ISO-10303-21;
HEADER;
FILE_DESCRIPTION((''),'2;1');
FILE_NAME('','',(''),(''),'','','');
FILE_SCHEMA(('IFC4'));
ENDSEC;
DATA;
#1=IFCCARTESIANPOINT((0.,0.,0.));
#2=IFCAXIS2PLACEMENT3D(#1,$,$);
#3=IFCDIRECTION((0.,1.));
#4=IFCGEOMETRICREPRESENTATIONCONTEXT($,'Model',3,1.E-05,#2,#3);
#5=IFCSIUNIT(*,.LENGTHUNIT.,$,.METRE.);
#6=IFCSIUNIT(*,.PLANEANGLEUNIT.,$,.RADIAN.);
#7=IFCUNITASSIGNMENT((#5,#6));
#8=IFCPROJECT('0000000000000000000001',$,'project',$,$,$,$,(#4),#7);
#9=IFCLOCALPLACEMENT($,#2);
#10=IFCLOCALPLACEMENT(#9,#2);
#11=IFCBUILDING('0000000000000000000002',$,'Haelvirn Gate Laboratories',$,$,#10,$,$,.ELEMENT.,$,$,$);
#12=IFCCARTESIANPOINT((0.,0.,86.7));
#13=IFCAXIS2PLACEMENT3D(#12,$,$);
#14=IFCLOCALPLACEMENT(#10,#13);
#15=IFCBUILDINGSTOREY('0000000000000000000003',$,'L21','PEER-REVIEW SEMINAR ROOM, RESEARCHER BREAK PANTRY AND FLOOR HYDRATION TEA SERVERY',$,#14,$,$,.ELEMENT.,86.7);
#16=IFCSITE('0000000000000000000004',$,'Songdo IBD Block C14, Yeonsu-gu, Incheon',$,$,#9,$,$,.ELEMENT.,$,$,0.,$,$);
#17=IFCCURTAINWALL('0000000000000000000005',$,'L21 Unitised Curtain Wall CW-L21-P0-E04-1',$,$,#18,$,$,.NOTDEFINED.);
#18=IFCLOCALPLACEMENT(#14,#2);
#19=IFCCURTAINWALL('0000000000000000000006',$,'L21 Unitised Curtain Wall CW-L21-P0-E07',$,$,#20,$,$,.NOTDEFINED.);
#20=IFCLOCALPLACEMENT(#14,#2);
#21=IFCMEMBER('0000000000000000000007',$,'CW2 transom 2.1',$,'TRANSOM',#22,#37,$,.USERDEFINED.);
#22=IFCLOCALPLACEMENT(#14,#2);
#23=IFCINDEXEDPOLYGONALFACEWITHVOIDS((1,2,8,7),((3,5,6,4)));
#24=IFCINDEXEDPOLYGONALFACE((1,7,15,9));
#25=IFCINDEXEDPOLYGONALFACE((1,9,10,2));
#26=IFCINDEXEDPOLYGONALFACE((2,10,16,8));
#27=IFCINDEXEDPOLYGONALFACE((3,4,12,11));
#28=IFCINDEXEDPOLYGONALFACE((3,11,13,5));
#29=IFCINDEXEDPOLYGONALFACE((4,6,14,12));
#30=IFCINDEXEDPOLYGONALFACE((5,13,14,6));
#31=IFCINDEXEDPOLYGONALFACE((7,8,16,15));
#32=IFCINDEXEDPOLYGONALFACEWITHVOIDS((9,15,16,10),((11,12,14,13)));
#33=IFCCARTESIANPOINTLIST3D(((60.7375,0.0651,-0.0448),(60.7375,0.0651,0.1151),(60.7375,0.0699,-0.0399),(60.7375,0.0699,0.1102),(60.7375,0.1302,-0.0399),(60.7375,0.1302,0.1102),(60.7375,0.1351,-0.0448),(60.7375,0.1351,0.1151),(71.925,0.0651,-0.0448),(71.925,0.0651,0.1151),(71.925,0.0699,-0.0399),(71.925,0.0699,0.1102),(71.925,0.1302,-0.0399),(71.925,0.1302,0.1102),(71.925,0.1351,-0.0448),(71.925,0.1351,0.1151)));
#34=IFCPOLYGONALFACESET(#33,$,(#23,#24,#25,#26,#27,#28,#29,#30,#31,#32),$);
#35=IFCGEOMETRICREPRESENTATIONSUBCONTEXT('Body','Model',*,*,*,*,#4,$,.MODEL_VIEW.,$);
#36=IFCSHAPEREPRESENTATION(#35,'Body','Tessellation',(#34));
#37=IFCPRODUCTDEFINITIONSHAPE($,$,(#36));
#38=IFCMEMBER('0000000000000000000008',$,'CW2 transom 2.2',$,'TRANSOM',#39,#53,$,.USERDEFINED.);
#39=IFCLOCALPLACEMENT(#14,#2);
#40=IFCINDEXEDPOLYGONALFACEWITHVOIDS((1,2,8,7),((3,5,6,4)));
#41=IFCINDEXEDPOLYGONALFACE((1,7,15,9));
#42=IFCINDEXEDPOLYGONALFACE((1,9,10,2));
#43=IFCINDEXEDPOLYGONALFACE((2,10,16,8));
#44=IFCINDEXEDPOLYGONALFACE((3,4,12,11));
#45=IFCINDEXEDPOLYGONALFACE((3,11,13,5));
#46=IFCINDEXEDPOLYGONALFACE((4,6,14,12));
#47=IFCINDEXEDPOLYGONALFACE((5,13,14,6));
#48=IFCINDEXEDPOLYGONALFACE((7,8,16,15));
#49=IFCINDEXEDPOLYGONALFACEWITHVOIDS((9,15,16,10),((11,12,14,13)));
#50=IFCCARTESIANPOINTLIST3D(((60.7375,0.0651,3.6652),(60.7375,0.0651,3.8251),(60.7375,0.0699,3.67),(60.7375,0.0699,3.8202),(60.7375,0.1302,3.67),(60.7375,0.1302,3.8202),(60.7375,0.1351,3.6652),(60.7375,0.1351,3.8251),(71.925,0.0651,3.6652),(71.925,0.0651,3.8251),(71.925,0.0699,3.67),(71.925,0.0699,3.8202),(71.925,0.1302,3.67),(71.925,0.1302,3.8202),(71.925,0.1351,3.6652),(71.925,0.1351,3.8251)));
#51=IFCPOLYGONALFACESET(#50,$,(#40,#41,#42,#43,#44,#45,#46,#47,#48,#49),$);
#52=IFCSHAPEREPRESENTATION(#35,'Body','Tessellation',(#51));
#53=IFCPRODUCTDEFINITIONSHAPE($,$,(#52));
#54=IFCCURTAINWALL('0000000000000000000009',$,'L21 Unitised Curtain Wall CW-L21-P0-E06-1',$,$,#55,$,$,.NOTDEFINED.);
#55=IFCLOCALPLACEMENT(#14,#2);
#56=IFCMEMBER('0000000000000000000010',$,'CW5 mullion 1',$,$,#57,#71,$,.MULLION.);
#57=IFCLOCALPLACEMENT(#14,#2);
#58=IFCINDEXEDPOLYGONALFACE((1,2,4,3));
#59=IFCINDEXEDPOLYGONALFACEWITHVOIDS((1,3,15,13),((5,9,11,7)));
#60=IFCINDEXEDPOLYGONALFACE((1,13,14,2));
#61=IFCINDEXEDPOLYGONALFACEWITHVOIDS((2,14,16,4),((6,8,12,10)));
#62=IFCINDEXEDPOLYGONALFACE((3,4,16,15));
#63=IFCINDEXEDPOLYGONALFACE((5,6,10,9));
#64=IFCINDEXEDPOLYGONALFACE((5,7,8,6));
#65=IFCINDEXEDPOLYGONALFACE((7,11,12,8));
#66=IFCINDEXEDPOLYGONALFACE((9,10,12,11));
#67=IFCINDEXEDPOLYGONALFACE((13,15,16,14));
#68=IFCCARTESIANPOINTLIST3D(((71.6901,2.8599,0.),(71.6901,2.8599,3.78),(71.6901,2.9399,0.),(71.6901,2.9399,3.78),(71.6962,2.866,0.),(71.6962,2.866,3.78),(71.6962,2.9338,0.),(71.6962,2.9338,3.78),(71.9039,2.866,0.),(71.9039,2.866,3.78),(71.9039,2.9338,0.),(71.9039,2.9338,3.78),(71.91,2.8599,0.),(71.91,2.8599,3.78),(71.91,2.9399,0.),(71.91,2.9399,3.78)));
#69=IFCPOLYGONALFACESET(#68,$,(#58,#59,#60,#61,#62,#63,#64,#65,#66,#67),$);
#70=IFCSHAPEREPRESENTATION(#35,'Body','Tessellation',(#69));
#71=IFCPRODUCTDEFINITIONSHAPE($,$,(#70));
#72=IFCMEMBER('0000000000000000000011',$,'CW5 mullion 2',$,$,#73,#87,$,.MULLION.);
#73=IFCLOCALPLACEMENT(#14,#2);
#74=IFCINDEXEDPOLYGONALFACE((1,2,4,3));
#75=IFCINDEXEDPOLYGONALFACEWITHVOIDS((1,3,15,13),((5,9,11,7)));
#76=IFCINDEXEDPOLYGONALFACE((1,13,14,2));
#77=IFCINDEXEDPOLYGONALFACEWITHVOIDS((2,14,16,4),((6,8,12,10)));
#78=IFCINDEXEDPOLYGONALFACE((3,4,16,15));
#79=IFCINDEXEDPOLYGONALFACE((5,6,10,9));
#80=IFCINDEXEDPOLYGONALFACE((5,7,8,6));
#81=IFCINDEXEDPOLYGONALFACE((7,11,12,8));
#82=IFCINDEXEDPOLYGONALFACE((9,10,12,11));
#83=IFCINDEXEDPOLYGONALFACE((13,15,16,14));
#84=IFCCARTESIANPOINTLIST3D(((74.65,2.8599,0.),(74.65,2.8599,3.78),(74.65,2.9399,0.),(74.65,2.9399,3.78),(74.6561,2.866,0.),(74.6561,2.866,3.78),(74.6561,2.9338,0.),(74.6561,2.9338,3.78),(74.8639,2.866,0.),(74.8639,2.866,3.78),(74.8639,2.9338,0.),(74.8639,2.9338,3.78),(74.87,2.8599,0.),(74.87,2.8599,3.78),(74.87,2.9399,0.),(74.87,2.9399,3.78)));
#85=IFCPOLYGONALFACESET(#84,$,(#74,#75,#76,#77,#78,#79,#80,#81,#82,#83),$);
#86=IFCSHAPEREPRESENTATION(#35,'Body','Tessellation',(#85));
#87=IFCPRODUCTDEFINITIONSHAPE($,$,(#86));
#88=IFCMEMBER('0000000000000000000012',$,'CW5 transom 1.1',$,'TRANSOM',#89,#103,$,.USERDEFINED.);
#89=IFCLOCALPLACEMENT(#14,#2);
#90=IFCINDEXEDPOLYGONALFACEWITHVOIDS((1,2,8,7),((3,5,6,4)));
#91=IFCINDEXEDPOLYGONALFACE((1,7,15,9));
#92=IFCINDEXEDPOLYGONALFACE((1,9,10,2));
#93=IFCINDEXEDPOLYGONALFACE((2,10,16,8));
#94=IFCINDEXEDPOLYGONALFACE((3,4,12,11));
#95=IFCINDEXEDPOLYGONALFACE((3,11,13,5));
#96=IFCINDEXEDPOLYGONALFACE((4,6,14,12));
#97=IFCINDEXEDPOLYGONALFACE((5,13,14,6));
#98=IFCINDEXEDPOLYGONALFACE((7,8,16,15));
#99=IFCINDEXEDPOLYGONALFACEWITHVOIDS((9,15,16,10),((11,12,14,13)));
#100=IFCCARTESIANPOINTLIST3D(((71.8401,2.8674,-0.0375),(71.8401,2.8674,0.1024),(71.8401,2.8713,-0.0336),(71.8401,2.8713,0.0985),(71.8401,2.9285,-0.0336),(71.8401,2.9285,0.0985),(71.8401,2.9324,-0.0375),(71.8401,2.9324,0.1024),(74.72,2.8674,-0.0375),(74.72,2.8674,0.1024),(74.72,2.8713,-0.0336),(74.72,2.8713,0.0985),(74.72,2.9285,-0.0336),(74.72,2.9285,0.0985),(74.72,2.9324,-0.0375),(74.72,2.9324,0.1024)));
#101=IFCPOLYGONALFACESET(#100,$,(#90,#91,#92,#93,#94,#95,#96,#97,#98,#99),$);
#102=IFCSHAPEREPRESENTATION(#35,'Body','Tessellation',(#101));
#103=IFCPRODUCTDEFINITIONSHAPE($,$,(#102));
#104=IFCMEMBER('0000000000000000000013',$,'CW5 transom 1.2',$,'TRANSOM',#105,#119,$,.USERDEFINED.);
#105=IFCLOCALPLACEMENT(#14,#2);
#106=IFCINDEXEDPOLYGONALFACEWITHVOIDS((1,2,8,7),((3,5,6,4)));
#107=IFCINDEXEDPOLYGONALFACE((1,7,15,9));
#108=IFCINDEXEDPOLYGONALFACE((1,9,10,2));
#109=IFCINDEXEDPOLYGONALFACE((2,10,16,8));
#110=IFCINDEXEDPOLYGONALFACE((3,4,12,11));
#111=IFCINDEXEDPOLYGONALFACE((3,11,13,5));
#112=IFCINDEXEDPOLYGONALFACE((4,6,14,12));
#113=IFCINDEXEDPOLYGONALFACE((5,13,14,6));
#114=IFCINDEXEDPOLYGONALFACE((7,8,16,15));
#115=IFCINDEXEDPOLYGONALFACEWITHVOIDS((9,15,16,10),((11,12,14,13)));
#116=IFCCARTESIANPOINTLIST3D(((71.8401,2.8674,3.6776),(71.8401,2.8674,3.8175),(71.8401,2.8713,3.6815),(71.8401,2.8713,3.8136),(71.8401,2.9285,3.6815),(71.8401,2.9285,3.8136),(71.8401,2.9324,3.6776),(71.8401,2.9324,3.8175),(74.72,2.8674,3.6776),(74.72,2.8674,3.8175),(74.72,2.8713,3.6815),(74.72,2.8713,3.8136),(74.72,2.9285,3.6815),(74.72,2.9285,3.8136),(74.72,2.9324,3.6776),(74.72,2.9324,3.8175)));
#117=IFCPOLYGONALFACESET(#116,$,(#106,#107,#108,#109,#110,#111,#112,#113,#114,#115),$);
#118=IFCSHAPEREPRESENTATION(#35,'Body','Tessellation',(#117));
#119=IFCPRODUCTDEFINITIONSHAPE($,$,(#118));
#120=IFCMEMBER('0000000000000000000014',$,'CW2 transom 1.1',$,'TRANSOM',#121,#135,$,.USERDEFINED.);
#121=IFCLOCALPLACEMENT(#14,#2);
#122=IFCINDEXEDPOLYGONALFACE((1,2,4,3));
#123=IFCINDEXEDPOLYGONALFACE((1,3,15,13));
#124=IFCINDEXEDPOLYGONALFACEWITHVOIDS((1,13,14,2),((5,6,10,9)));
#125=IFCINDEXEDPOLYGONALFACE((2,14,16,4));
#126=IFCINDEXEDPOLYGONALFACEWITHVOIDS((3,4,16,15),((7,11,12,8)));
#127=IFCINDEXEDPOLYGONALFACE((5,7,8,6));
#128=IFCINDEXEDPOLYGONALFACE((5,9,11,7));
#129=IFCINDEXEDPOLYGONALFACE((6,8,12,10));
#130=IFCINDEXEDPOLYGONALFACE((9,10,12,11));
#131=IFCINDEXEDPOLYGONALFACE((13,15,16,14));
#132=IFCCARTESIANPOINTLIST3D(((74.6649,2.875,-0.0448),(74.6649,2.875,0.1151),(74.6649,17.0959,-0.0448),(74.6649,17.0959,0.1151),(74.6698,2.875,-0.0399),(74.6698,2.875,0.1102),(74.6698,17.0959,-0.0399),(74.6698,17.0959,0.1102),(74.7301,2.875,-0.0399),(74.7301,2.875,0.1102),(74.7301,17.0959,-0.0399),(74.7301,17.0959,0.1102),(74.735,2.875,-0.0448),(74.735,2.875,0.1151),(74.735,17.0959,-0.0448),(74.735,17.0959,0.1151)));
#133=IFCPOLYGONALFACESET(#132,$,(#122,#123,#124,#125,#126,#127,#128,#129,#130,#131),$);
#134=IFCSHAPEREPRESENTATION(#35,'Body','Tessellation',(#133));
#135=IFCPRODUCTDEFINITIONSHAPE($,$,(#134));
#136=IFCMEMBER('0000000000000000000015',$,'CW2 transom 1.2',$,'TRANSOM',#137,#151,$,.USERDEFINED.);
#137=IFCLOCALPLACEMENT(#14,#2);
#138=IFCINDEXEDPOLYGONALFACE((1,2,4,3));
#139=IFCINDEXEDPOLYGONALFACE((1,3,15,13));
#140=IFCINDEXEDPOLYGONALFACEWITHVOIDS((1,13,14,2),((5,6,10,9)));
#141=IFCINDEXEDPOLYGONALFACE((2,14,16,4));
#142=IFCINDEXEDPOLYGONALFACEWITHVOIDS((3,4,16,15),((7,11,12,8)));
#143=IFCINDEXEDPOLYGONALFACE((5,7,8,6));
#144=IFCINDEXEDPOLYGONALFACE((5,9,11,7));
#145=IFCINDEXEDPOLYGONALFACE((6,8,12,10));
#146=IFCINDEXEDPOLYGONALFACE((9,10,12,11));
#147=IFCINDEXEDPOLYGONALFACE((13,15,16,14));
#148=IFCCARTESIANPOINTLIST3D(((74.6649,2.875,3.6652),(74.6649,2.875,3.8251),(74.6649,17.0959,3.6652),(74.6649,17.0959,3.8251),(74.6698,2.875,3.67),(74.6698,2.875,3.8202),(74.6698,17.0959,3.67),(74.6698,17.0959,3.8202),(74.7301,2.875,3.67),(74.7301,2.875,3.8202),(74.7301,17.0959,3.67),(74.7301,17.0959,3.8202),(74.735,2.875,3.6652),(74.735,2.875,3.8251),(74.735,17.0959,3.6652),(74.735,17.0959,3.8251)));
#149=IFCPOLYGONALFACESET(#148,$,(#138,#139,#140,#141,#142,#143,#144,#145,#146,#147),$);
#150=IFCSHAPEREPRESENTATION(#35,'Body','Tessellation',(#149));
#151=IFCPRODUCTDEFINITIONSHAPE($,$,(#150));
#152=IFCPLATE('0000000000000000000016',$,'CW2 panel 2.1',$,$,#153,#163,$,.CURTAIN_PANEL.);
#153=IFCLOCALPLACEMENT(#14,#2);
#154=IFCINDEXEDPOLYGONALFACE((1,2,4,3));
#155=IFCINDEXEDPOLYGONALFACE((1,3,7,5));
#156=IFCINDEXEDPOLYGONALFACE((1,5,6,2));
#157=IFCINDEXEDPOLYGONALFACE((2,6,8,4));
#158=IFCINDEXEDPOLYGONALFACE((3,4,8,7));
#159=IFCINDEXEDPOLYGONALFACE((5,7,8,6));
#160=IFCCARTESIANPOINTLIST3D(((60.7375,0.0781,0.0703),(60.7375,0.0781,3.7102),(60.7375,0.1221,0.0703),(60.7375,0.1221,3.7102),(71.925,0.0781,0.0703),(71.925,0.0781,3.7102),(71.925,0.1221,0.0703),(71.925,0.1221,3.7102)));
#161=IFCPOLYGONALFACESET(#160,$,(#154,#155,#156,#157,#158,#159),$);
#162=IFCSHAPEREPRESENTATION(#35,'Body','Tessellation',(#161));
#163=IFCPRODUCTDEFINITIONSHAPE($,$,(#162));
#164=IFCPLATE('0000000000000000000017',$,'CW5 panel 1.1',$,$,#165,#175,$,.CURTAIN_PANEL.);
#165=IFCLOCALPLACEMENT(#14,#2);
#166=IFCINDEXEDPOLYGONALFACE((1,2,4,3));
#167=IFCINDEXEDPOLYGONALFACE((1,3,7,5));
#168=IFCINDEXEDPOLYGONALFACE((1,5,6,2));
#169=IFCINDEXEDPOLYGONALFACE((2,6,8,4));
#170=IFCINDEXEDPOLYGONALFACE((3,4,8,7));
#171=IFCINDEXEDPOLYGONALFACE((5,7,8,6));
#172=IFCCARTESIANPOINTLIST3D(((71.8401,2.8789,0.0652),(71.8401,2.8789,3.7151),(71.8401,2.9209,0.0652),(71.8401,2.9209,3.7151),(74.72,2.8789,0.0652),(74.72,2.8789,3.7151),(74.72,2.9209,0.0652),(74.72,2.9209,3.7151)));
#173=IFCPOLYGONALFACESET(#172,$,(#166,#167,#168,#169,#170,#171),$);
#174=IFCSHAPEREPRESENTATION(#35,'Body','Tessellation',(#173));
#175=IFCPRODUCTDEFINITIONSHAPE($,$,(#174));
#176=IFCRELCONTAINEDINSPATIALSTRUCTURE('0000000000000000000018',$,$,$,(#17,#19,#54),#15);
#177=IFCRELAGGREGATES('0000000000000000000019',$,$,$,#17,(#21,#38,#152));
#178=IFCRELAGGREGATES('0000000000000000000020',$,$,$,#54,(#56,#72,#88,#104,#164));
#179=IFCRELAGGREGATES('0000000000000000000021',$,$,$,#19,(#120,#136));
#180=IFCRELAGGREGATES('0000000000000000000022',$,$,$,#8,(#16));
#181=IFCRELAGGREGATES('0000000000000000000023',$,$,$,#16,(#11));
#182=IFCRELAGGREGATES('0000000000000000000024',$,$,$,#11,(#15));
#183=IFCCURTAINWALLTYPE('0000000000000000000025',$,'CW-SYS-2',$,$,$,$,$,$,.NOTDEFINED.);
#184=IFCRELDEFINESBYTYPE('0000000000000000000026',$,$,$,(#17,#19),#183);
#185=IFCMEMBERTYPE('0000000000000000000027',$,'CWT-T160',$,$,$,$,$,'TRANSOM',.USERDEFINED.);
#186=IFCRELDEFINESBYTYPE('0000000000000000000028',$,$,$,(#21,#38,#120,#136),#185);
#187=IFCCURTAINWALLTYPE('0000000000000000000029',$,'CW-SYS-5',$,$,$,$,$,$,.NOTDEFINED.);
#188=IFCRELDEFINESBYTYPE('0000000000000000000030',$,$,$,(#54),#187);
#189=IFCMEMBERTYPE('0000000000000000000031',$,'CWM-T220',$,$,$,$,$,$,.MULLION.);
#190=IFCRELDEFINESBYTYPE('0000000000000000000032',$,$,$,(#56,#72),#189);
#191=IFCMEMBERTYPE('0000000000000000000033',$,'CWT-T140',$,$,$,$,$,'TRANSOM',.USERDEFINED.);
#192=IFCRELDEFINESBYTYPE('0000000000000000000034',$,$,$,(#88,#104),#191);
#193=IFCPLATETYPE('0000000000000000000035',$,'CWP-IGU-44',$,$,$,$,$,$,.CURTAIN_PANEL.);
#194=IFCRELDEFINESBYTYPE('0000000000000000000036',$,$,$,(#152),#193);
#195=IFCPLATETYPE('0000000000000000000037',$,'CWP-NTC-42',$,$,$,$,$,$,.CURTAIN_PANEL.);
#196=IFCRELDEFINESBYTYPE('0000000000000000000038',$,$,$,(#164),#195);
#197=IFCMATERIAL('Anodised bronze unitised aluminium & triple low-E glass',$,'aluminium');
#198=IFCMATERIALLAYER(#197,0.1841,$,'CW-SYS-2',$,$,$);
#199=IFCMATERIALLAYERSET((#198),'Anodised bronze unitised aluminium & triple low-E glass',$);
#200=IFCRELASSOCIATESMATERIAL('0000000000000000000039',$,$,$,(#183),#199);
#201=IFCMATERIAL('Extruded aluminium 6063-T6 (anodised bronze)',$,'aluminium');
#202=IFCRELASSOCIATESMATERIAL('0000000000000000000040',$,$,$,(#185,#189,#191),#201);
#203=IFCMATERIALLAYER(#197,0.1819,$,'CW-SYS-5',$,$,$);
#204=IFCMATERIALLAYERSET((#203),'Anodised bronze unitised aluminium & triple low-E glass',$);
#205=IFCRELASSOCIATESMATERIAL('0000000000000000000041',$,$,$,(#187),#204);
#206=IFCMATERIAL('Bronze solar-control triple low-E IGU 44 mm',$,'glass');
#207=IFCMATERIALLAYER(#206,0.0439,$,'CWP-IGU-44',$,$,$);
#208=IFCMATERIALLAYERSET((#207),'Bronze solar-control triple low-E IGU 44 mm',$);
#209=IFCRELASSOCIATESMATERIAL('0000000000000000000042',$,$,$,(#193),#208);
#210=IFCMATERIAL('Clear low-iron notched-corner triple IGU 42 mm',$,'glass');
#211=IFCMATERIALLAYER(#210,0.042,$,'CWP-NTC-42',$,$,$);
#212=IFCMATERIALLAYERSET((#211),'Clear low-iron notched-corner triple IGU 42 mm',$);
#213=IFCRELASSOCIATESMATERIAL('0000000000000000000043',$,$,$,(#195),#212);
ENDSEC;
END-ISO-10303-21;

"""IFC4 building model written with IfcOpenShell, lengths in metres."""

from ifc_helpers import new_model, si_unit, direction, frame, origin, origin_2d, place, context, subcontext, project, spatial, rectangle, hollow_rectangle, extrude, source, transform, mapped, material, layer, layer_set, material_profile, profile_set, type_object, type_shapes, element, aggregate, save


model = new_model("IFC4")

# Units and contexts
model_context = context("Model", 3, precision=1e-05, world=origin(), true_north=direction((0.0, 1.0)))
body_context = subcontext(model_context, "Body", "Model", "MODEL_VIEW")
ifc_project = project(units=[si_unit("LENGTHUNIT", "METRE"), si_unit("PLANEANGLEUNIT", "RADIAN")], contexts=[model_context])

# Site, building, storey
site_placement = place(None, origin())
site = spatial("IfcSite", under=ifc_project, at=site_placement, Name="Songdo IBD Block C14, Yeonsu-gu, Incheon", CompositionType="ELEMENT", RefElevation=0.0)
building_placement = place(site_placement, origin())
building = spatial("IfcBuilding", under=site, at=building_placement, Name="Haelvirn Gate Laboratories", CompositionType="ELEMENT")
storey_placement = place(building_placement, frame((0.0, 0.0, 86.7)))
storey = spatial("IfcBuildingStorey", under=building, at=storey_placement, Name="L21", Description="PEER-REVIEW SEMINAR ROOM, RESEARCHER BREAK PANTRY AND FLOOR HYDRATION TEA SERVERY", CompositionType="ELEMENT", Elevation=86.7)

# Curtain wall
ifc_material_1 = material(Name="Anodised bronze unitised aluminium & triple low-E glass", Category="aluminium")
ifc_layer_1 = layer(ifc_material_1, 0.1841, Name="CW-SYS-2")
ifc_layer_set_1 = layer_set([ifc_layer_1], Name="Anodised bronze unitised aluminium & triple low-E glass")
curtain_wall_type_1 = type_object("IfcCurtainWallType", Name="CW-SYS-2", PredefinedType="NOTDEFINED", material=ifc_layer_set_1)
curtain_wall_1_placement = place(storey_placement, origin())
curtain_wall_1 = element("IfcCurtainWall", 1, at=curtain_wall_1_placement, inside=storey, type_object=curtain_wall_type_1, Name="L21 Unitised Curtain Wall CW-L21-P0-E04-1", PredefinedType="NOTDEFINED")
ifc_material_2 = material(Name="Extruded aluminium 6063-T6 (anodised bronze)", Category="aluminium")

# Curtain wall
curtain_wall_2_placement = place(storey_placement, origin())
curtain_wall_2 = element("IfcCurtainWall", 2, at=curtain_wall_2_placement, inside=storey, type_object=curtain_wall_type_1, Name="L21 Unitised Curtain Wall CW-L21-P0-E07", PredefinedType="NOTDEFINED")

# Members
ifc_material_profile_1 = material_profile(ifc_material_2, hollow_rectangle(XDim=0.0701, YDim=0.1599, WallThickness=0.0049, at=origin_2d()), Name="CWT-160x70x5")
ifc_profile_set_1 = profile_set([ifc_material_profile_1], Name="Extruded aluminium 6063-T6 (anodised bronze)")
member_type_1 = type_object("IfcMemberType", Name="CWT-T160", ElementType="TRANSOM", PredefinedType="USERDEFINED", material=ifc_profile_set_1)
shared_shape_1 = source(origin(), body_context, "Body", "SweptSolid", [
    extrude(hollow_rectangle(XDim=0.0701, YDim=0.1599, WallThickness=0.0049, at=origin_2d()), origin(), (0.0, 0.0, 1.0), 11.1875),
])
member_1_placement = place(storey_placement, frame((60.7375, 0.1001, 0.0352), z_axis=(1.0, 0.0, 0.0), x_axis=(0.0, 1.0, 0.0)))
member_1 = element("IfcMember", 3, at=member_1_placement, type_object=member_type_1, Name="CW2 transom 2.1", ObjectType="TRANSOM", PredefinedType="USERDEFINED", context=body_context, shape_type="MappedRepresentation", body=[
    mapped(shared_shape_1, transform((0.0, 0.0, 0.0), scale=1.0)),
])
member_2_placement = place(storey_placement, frame((60.7375, 0.1001, 3.7451), z_axis=(1.0, 0.0, 0.0), x_axis=(0.0, 1.0, 0.0)))
member_2 = element("IfcMember", 4, at=member_2_placement, type_object=member_type_1, Name="CW2 transom 2.2", ObjectType="TRANSOM", PredefinedType="USERDEFINED", context=body_context, shape_type="MappedRepresentation", body=[
    mapped(shared_shape_1, transform((0.0, 0.0, 0.0), scale=1.0)),
])

# Curtain wall, members
ifc_layer_2 = layer(ifc_material_1, 0.1819, Name="CW-SYS-5")
ifc_layer_set_2 = layer_set([ifc_layer_2], Name="Anodised bronze unitised aluminium & triple low-E glass")
curtain_wall_type_2 = type_object("IfcCurtainWallType", Name="CW-SYS-5", PredefinedType="NOTDEFINED", material=ifc_layer_set_2)
curtain_wall_3_placement = place(storey_placement, origin())
curtain_wall_3 = element("IfcCurtainWall", 5, at=curtain_wall_3_placement, inside=storey, type_object=curtain_wall_type_2, Name="L21 Unitised Curtain Wall CW-L21-P0-E06-1", PredefinedType="NOTDEFINED")
ifc_material_profile_2 = material_profile(ifc_material_2, hollow_rectangle(XDim=0.0801, YDim=0.22, WallThickness=0.0061, at=origin_2d()), Name="CWM-220x80x6")
ifc_profile_set_2 = profile_set([ifc_material_profile_2], Name="Extruded aluminium 6063-T6 (anodised bronze)")
member_type_2 = type_object("IfcMemberType", Name="CWM-T220", PredefinedType="MULLION", material=ifc_profile_set_2)
shared_shape_2 = source(origin(), body_context, "Body", "SweptSolid", [
    extrude(hollow_rectangle(XDim=0.0801, YDim=0.22, WallThickness=0.0061, at=origin_2d()), origin(), (0.0, 0.0, 1.0), 3.78),
])
type_shapes(member_type_2, [shared_shape_2])
member_3_placement = place(storey_placement, frame((71.8, 2.8999, 0.0), z_axis=(0.0, 0.0, 1.0), x_axis=(0.0, 1.0, 0.0)))
member_3 = element("IfcMember", 6, at=member_3_placement, type_object=member_type_2, Name="CW5 mullion 1", PredefinedType="MULLION", context=body_context, shape_type="MappedRepresentation", body=[
    mapped(shared_shape_2, transform((0.0, 0.0, 0.0), scale=1.0)),
])
member_4_placement = place(storey_placement, frame((74.76, 2.8999, 0.0), z_axis=(0.0, 0.0, 1.0), x_axis=(0.0, 1.0, 0.0)))
member_4 = element("IfcMember", 7, at=member_4_placement, type_object=member_type_2, Name="CW5 mullion 2", PredefinedType="MULLION", context=body_context, shape_type="MappedRepresentation", body=[
    mapped(shared_shape_2, transform((0.0, 0.0, 0.0), scale=1.0)),
])
ifc_material_profile_3 = material_profile(ifc_material_2, hollow_rectangle(XDim=0.0649, YDim=0.1399, WallThickness=0.0039, at=origin_2d()), Name="CWT-140x65x4")
ifc_profile_set_3 = profile_set([ifc_material_profile_3], Name="Extruded aluminium 6063-T6 (anodised bronze)")
member_type_3 = type_object("IfcMemberType", Name="CWT-T140", ElementType="TRANSOM", PredefinedType="USERDEFINED", material=ifc_profile_set_3)
shared_shape_3 = source(origin(), body_context, "Body", "SweptSolid", [
    extrude(hollow_rectangle(XDim=0.0649, YDim=0.1399, WallThickness=0.0039, at=origin_2d()), origin(), (0.0, 0.0, 1.0), 2.8799),
])
type_shapes(member_type_3, [shared_shape_3])
member_5_placement = place(storey_placement, frame((71.8401, 2.8999, 0.0325), z_axis=(1.0, 0.0, 0.0), x_axis=(0.0, 1.0, 0.0)))
member_5 = element("IfcMember", 8, at=member_5_placement, type_object=member_type_3, Name="CW5 transom 1.1", ObjectType="TRANSOM", PredefinedType="USERDEFINED", context=body_context, shape_type="MappedRepresentation", body=[
    mapped(shared_shape_3, transform((0.0, 0.0, 0.0), scale=1.0)),
])
member_6_placement = place(storey_placement, frame((71.8401, 2.8999, 3.7476), z_axis=(1.0, 0.0, 0.0), x_axis=(0.0, 1.0, 0.0)))
member_6 = element("IfcMember", 9, at=member_6_placement, type_object=member_type_3, Name="CW5 transom 1.2", ObjectType="TRANSOM", PredefinedType="USERDEFINED", context=body_context, shape_type="MappedRepresentation", body=[
    mapped(shared_shape_3, transform((0.0, 0.0, 0.0), scale=1.0)),
])

# Members
shared_shape_4 = source(origin(), body_context, "Body", "SweptSolid", [
    extrude(hollow_rectangle(XDim=0.0701, YDim=0.1599, WallThickness=0.0049, at=origin_2d()), origin(), (0.0, 0.0, 1.0), 14.2209),
])
type_shapes(member_type_1, [shared_shape_1, shared_shape_4])
member_7_placement = place(storey_placement, frame((74.7, 2.875, 0.0352), z_axis=(0.0, 1.0, 0.0), x_axis=(-1.0, 0.0, 0.0)))
member_7 = element("IfcMember", 10, at=member_7_placement, type_object=member_type_1, Name="CW2 transom 1.1", ObjectType="TRANSOM", PredefinedType="USERDEFINED", context=body_context, shape_type="MappedRepresentation", body=[
    mapped(shared_shape_4, transform((0.0, 0.0, 0.0), scale=1.0)),
])
member_8_placement = place(storey_placement, frame((74.7, 2.875, 3.7451), z_axis=(0.0, 1.0, 0.0), x_axis=(-1.0, 0.0, 0.0)))
member_8 = element("IfcMember", 11, at=member_8_placement, type_object=member_type_1, Name="CW2 transom 1.2", ObjectType="TRANSOM", PredefinedType="USERDEFINED", context=body_context, shape_type="MappedRepresentation", body=[
    mapped(shared_shape_4, transform((0.0, 0.0, 0.0), scale=1.0)),
])

# Plates
ifc_material_3 = material(Name="Bronze solar-control triple low-E IGU 44 mm", Category="glass")
ifc_layer_3 = layer(ifc_material_3, 0.0439, Name="CWP-IGU-44")
ifc_layer_set_3 = layer_set([ifc_layer_3], Name="Bronze solar-control triple low-E IGU 44 mm")
plate_type_1 = type_object("IfcPlateType", Name="CWP-IGU-44", PredefinedType="CURTAIN_PANEL", material=ifc_layer_set_3)
shared_shape_5 = source(origin(), body_context, "Body", "SweptSolid", [
    extrude(rectangle(XDim=11.1875, YDim=0.0439, at=origin_2d()), origin(), (0.0, 0.0, 1.0), 3.6399),
])
plate_1_placement = place(storey_placement, frame((66.3313, 0.1001, 0.0703), z_axis=(0.0, 0.0, 1.0), x_axis=(1.0, 0.0, 0.0)))
plate_1 = element("IfcPlate", 12, at=plate_1_placement, type_object=plate_type_1, Name="CW2 panel 2.1", PredefinedType="CURTAIN_PANEL", context=body_context, shape_type="MappedRepresentation", body=[
    mapped(shared_shape_5, transform((0.0, 0.0, 0.0), scale=1.0)),
])
aggregate(curtain_wall_1, [member_1, member_2, plate_1])
ifc_material_4 = material(Name="Clear low-iron notched-corner triple IGU 42 mm", Category="glass")
ifc_layer_4 = layer(ifc_material_4, 0.042, Name="CWP-NTC-42")
ifc_layer_set_4 = layer_set([ifc_layer_4], Name="Clear low-iron notched-corner triple IGU 42 mm")
plate_type_2 = type_object("IfcPlateType", Name="CWP-NTC-42", PredefinedType="CURTAIN_PANEL", material=ifc_layer_set_4)
shared_shape_6 = source(origin(), body_context, "Body", "SweptSolid", [
    extrude(rectangle(XDim=2.8799, YDim=0.042, at=origin_2d()), origin(), (0.0, 0.0, 1.0), 3.6499),
])
type_shapes(plate_type_2, [shared_shape_6])
plate_2_placement = place(storey_placement, frame((73.28, 2.8999, 0.0652), z_axis=(0.0, 0.0, 1.0), x_axis=(1.0, 0.0, 0.0)))
plate_2 = element("IfcPlate", 13, at=plate_2_placement, type_object=plate_type_2, Name="CW5 panel 1.1", PredefinedType="CURTAIN_PANEL", context=body_context, shape_type="MappedRepresentation", body=[
    mapped(shared_shape_6, transform((0.0, 0.0, 0.0), scale=1.0)),
])
aggregate(curtain_wall_3, [member_3, member_4, member_5, member_6, plate_2])
aggregate(curtain_wall_2, [member_7, member_8])

save(model, "model.ifc")
